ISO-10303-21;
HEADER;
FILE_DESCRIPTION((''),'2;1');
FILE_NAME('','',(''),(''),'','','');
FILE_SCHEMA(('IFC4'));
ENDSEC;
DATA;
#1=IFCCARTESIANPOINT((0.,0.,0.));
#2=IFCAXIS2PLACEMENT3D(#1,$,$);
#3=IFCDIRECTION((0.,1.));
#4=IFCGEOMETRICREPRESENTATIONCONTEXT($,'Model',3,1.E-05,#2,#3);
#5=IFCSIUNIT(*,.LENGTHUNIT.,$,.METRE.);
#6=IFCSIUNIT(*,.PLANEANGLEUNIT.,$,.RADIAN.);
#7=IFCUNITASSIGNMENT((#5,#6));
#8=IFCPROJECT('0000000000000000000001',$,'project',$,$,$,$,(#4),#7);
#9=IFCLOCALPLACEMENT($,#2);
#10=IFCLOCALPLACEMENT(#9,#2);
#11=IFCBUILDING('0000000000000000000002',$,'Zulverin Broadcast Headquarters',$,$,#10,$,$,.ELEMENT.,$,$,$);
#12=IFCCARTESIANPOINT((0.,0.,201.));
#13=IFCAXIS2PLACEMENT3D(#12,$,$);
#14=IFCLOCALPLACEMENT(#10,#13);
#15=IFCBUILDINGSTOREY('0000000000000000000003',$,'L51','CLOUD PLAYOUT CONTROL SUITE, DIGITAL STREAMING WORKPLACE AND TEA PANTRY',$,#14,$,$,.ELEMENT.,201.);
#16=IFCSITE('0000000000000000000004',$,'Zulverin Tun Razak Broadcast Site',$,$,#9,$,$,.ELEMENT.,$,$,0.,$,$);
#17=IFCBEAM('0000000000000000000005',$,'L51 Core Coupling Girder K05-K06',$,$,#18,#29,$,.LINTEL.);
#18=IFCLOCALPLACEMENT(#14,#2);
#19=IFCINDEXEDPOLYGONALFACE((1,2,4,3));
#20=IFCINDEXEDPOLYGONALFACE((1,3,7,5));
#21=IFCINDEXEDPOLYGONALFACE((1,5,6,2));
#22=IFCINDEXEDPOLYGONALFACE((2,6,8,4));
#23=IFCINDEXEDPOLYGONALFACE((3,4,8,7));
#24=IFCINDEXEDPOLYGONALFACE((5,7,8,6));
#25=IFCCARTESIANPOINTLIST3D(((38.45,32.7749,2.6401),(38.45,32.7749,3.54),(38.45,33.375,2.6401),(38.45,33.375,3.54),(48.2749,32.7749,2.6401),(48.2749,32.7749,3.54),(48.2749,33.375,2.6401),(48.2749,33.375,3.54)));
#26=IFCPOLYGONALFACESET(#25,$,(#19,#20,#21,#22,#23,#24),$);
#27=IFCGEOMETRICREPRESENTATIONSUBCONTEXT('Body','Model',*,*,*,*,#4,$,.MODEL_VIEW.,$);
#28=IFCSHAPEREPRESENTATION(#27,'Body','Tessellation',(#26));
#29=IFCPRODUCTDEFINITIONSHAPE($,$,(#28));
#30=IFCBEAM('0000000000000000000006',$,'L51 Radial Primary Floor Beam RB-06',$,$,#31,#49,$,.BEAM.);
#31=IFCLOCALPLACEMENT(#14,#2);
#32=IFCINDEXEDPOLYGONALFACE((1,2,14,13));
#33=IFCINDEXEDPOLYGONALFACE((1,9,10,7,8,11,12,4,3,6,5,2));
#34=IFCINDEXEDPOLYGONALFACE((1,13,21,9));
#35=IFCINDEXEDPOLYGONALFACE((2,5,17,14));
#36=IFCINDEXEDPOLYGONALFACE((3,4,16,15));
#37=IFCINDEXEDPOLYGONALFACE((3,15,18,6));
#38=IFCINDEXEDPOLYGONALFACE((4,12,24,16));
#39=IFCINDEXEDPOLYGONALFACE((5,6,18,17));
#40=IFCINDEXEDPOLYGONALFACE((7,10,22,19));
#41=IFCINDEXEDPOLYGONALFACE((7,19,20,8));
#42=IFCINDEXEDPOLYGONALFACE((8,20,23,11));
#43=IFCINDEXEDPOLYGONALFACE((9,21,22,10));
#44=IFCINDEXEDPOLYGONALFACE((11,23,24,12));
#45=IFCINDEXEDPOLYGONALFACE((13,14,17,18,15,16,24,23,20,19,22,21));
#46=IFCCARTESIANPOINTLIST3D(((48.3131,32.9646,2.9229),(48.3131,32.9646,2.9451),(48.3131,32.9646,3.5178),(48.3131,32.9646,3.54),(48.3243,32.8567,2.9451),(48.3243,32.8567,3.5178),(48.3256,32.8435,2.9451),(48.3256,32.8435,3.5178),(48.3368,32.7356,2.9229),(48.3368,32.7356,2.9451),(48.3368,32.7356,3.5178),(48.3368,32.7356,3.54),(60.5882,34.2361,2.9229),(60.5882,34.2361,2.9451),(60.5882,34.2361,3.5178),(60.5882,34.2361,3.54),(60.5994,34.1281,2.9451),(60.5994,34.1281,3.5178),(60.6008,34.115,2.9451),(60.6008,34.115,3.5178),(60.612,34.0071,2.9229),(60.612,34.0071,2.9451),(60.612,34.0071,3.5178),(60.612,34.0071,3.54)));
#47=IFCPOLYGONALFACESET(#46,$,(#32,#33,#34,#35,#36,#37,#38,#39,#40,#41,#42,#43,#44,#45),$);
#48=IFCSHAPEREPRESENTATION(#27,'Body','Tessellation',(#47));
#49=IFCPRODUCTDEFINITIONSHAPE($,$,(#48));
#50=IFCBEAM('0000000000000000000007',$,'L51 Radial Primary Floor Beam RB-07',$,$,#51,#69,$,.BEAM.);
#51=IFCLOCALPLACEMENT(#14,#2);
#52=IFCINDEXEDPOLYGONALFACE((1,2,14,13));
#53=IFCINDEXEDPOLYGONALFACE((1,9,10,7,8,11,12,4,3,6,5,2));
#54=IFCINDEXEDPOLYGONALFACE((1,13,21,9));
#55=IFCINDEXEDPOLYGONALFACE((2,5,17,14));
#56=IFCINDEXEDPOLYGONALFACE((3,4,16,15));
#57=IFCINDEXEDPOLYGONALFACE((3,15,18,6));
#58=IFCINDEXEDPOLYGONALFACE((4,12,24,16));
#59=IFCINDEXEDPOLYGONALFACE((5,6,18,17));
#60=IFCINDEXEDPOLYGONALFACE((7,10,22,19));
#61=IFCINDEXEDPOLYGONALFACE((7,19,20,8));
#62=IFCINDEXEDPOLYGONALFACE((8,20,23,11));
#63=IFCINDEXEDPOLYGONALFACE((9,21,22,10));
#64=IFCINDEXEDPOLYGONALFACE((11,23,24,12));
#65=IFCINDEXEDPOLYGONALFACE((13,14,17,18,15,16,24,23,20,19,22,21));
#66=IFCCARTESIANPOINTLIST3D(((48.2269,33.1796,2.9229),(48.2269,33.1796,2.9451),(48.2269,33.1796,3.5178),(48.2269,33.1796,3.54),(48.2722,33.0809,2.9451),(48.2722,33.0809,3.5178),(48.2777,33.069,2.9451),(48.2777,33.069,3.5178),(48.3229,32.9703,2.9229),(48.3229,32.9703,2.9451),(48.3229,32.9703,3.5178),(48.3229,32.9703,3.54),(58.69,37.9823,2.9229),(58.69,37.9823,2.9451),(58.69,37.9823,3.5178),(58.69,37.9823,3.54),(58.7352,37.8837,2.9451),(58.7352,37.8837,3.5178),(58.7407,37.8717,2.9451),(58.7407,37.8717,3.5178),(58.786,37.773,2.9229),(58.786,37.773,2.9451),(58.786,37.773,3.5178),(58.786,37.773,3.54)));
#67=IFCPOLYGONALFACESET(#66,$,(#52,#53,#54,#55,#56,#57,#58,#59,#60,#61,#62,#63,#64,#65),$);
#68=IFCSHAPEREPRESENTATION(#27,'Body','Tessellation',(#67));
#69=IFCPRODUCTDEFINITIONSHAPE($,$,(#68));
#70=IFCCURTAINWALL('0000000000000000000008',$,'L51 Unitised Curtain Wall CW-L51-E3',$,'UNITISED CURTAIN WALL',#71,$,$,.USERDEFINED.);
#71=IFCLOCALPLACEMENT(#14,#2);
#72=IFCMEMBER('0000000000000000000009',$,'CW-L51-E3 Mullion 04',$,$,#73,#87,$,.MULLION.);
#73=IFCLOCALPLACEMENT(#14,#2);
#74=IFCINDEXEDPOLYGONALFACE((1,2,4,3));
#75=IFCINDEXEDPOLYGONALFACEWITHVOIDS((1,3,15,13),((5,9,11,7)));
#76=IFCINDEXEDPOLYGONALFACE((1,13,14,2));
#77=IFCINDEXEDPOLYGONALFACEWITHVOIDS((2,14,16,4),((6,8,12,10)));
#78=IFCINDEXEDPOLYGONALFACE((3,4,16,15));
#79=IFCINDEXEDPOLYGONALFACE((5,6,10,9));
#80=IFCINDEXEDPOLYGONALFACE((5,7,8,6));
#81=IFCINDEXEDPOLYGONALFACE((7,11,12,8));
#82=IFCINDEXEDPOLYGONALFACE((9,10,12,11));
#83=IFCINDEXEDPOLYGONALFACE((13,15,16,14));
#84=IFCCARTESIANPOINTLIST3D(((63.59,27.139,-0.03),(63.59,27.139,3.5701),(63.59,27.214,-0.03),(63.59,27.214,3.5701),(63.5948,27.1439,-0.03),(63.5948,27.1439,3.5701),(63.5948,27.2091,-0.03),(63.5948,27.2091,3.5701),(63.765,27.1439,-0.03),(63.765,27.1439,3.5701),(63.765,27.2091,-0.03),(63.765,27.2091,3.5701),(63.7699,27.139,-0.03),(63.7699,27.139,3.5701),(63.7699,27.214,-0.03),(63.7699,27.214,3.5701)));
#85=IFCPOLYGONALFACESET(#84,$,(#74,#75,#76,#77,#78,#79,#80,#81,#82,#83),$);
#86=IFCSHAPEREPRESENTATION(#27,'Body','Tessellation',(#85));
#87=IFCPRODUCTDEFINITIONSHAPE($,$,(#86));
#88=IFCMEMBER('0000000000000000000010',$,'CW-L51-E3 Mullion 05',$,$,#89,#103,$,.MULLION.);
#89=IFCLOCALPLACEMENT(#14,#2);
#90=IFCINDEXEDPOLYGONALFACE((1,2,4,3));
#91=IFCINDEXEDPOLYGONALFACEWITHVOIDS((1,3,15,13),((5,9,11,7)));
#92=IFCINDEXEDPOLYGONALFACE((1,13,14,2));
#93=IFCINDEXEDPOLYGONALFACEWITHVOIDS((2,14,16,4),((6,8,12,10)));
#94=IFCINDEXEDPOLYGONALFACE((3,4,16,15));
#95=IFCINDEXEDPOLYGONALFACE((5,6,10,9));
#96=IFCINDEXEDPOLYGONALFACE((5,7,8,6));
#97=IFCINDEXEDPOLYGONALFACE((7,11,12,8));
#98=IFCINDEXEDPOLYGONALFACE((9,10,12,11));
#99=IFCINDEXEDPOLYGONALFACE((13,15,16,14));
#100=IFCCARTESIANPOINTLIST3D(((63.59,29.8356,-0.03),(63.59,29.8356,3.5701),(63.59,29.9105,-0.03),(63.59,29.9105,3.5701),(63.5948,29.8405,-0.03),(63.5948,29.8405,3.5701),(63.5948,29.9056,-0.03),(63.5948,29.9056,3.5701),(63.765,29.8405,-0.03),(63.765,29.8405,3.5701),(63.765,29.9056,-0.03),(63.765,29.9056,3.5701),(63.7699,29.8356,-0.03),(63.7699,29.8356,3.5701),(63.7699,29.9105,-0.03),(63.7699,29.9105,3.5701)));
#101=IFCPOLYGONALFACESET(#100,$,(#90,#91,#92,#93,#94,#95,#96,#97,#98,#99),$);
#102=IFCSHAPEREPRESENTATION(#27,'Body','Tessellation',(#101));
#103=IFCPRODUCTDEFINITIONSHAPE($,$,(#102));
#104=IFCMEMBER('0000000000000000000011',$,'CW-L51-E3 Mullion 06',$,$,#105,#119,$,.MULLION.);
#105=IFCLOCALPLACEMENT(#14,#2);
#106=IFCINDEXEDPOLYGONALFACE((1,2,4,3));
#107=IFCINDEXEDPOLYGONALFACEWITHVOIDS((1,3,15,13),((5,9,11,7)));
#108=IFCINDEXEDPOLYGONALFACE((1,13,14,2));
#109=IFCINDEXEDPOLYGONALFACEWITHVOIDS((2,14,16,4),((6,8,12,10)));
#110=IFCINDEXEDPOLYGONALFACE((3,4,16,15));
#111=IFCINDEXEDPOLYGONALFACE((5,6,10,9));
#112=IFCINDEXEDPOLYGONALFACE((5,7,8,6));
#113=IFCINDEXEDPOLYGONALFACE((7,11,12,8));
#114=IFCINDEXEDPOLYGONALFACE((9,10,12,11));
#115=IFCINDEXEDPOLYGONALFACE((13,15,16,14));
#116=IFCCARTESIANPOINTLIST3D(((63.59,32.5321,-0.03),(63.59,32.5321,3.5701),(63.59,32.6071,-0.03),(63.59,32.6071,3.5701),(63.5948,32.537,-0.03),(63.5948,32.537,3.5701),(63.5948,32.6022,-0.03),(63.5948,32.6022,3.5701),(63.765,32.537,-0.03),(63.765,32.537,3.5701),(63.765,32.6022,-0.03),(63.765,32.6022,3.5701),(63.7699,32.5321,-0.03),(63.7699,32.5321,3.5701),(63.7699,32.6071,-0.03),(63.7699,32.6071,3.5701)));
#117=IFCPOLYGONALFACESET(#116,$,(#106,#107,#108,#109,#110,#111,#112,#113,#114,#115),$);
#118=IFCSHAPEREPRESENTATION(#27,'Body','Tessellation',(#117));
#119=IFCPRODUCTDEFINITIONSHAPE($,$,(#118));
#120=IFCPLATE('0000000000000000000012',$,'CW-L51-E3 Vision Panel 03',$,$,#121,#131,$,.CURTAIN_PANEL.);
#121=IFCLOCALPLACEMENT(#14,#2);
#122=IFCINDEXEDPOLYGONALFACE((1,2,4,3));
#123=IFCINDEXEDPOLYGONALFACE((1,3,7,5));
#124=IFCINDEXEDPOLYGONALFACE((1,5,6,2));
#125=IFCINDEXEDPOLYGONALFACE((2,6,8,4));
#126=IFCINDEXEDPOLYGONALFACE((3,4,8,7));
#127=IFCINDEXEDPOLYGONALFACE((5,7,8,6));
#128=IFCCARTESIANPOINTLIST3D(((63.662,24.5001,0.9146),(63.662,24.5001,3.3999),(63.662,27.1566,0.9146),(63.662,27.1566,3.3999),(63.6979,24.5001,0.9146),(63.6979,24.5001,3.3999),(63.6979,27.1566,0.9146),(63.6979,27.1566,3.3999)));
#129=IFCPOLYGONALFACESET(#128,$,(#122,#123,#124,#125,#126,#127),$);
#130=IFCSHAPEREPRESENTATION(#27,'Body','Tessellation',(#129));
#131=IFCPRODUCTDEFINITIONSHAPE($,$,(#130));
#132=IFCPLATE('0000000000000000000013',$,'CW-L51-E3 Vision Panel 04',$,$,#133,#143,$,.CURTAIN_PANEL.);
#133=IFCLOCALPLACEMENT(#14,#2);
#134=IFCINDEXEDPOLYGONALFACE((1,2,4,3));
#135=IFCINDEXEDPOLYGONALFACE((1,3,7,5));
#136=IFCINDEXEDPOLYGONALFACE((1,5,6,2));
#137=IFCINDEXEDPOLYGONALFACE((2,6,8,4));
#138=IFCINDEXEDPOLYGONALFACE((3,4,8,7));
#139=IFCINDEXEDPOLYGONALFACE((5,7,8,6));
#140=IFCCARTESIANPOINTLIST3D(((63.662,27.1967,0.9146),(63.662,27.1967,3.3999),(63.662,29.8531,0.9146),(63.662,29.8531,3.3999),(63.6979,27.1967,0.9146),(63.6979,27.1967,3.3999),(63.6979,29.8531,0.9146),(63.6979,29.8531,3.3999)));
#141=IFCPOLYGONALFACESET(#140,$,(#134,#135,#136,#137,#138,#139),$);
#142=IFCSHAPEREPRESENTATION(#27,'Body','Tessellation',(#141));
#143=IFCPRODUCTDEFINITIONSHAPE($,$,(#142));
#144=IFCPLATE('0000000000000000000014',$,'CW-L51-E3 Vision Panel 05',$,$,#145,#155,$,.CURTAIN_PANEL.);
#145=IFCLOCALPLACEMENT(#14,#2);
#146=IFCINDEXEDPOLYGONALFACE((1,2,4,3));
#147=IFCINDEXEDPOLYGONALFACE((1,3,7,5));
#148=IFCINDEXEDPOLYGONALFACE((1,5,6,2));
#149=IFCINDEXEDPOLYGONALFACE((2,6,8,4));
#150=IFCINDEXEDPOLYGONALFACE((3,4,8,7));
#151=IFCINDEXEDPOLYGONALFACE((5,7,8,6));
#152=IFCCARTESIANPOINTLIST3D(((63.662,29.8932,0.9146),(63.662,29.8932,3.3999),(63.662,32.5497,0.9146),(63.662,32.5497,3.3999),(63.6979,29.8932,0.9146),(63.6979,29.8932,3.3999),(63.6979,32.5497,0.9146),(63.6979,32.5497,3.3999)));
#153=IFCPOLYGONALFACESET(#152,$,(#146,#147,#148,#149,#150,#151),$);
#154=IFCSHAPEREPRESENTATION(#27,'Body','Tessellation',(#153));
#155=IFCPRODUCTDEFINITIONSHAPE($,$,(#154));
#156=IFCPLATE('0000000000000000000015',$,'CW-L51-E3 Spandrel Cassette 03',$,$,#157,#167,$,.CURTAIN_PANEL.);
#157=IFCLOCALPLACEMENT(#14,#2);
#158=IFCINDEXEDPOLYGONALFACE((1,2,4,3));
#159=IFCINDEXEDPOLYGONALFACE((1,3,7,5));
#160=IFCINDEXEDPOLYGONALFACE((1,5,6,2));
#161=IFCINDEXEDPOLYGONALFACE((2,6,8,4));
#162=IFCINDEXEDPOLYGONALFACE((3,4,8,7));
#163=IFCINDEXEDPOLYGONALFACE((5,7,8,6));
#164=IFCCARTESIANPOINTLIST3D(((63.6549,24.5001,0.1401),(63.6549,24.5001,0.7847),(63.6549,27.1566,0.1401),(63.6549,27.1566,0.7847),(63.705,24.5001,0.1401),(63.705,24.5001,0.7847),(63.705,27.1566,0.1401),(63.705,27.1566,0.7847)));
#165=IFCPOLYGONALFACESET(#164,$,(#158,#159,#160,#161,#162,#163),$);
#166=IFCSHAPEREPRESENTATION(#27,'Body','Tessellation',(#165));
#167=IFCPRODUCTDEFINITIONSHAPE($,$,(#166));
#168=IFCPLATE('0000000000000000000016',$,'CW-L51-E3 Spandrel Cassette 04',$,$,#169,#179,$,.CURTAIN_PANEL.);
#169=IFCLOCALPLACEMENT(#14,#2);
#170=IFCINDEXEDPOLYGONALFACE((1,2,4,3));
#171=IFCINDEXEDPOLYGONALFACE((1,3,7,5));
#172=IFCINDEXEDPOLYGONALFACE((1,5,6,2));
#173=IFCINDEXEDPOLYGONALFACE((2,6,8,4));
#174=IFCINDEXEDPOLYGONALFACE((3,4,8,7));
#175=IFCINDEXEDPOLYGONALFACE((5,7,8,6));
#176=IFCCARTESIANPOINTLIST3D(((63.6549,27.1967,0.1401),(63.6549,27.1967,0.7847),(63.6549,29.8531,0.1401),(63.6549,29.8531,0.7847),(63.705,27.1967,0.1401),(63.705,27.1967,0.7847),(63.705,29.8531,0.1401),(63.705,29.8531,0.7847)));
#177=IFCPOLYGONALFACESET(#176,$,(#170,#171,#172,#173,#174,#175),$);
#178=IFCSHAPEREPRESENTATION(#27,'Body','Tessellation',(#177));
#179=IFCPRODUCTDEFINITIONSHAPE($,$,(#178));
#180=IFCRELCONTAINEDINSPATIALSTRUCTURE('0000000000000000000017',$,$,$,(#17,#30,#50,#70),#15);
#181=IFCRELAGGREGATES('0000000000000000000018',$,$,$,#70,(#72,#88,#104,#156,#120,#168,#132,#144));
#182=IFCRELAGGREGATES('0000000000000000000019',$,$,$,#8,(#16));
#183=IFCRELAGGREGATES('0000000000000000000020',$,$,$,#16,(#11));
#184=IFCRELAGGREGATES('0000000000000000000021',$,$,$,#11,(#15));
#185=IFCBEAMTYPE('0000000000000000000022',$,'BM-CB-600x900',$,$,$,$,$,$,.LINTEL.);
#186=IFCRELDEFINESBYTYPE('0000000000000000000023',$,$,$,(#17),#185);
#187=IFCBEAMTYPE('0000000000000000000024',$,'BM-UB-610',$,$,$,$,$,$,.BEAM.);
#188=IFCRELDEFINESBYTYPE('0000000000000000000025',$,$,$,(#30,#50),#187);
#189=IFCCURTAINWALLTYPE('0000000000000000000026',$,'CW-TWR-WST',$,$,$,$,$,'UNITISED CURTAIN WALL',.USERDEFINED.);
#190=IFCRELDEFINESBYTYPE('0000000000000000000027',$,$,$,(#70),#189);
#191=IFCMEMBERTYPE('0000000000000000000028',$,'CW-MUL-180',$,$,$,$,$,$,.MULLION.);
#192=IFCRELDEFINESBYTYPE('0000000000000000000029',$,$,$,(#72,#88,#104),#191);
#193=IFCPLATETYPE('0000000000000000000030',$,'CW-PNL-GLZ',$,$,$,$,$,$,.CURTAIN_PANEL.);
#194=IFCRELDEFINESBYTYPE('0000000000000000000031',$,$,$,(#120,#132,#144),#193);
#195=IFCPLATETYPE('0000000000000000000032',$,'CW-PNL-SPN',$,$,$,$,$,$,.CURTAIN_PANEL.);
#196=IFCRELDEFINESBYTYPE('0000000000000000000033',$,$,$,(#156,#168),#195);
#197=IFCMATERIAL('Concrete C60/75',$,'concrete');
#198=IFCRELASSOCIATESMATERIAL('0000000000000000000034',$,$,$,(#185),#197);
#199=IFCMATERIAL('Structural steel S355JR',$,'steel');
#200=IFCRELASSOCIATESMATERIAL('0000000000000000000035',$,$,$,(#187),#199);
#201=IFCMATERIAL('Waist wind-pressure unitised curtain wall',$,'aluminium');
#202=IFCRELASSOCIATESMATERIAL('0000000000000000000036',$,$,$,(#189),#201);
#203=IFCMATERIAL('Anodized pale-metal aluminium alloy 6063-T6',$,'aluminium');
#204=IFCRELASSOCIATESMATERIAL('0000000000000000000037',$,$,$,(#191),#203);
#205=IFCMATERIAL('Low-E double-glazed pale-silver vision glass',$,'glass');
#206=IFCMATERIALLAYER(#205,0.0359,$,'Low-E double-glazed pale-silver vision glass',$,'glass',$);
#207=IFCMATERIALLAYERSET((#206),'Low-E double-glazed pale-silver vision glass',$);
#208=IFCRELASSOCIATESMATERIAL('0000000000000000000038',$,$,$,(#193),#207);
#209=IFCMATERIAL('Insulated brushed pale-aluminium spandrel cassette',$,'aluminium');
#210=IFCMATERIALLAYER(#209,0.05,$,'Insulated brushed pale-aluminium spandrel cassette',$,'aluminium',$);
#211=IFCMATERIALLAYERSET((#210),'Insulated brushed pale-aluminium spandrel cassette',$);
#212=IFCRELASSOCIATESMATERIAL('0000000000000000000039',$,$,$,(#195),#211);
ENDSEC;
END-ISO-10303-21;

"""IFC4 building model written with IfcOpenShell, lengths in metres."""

from ifc_helpers import new_model, si_unit, direction, frame, origin, origin_2d, place, context, subcontext, project, spatial, rectangle, hollow_rectangle, i_section, extrude, material, layer, layer_set, material_profile, profile_set, type_object, element, aggregate, save


model = new_model("IFC4")

# Units and contexts
model_context = context("Model", 3, precision=1e-05, world=origin(), true_north=direction((0.0, 1.0)))
body_context = subcontext(model_context, "Body", "Model", "MODEL_VIEW")
ifc_project = project(units=[si_unit("LENGTHUNIT", "METRE"), si_unit("PLANEANGLEUNIT", "RADIAN")], contexts=[model_context])

# Site, building, storey
site_placement = place(None, origin())
site = spatial("IfcSite", under=ifc_project, at=site_placement, Name="Zulverin Tun Razak Broadcast Site", CompositionType="ELEMENT", RefElevation=0.0)
building_placement = place(site_placement, origin())
building = spatial("IfcBuilding", under=site, at=building_placement, Name="Zulverin Broadcast Headquarters", CompositionType="ELEMENT")
storey_placement = place(building_placement, frame((0.0, 0.0, 201.0)))
storey = spatial("IfcBuildingStorey", under=building, at=storey_placement, Name="L51", Description="CLOUD PLAYOUT CONTROL SUITE, DIGITAL STREAMING WORKPLACE AND TEA PANTRY", CompositionType="ELEMENT", Elevation=201.0)

# Beams
ifc_material_1 = material(Name="Concrete C60/75", Category="concrete")
ifc_material_profile_1 = material_profile(ifc_material_1, rectangle(XDim=0.6001, YDim=0.8999, at=origin_2d()), Name="Concrete C60/75", Category="concrete")
ifc_profile_set_1 = profile_set([ifc_material_profile_1], Name="Concrete C60/75")
beam_type_1 = type_object("IfcBeamType", Name="BM-CB-600x900", PredefinedType="LINTEL", material=ifc_profile_set_1)
beam_1_placement = place(storey_placement, frame((48.2749, 33.075, 3.0901), z_axis=(-1.0, 0.0, 0.0), x_axis=(0.0, -1.0, 0.0)))
element("IfcBeam", 1, at=beam_1_placement, inside=storey, type_object=beam_type_1, Name="L51 Core Coupling Girder K05-K06", PredefinedType="LINTEL", context=body_context, shape_type="SweptSolid", body=[
    extrude(rectangle(XDim=0.6001, YDim=0.8999, at=origin_2d()), origin(), (0.0, 0.0, 1.0), 9.825),
])
ifc_material_2 = material(Name="Structural steel S355JR", Category="steel")
ifc_material_profile_2 = material_profile(ifc_material_2, i_section(OverallWidth=0.2302, OverallDepth=0.6172, WebThickness=0.0132, FlangeThickness=0.0222, at=origin_2d()), Name="Structural steel S355JR", Category="steel")
ifc_profile_set_2 = profile_set([ifc_material_profile_2], Name="Structural steel S355JR")
beam_type_2 = type_object("IfcBeamType", Name="BM-UB-610", PredefinedType="BEAM", material=ifc_profile_set_2)
beam_2_placement = place(storey_placement, frame((48.325, 32.8501, 3.2314), z_axis=(0.994678, 0.103031, 0.0), x_axis=(-0.103031, 0.994678, 0.0)))
element("IfcBeam", 2, at=beam_2_placement, inside=storey, type_object=beam_type_2, Name="L51 Radial Primary Floor Beam RB-06", PredefinedType="BEAM", context=body_context, shape_type="SweptSolid", body=[
    extrude(i_section(OverallWidth=0.2302, OverallDepth=0.6172, WebThickness=0.0132, FlangeThickness=0.0222, at=origin_2d()), origin(), (0.0, 0.0, 1.0), 12.3408),
])
beam_3_placement = place(storey_placement, frame((48.2749, 33.075, 3.2314), z_axis=(0.90883, 0.417167, 0.0), x_axis=(-0.417167, 0.90883, 0.0)))
element("IfcBeam", 3, at=beam_3_placement, inside=storey, type_object=beam_type_2, Name="L51 Radial Primary Floor Beam RB-07", PredefinedType="BEAM", context=body_context, shape_type="SweptSolid", body=[
    extrude(i_section(OverallWidth=0.2302, OverallDepth=0.6172, WebThickness=0.0132, FlangeThickness=0.0222, at=origin_2d()), origin(), (0.0, 0.0, 1.0), 11.5127),
])

# Curtain wall, members, plates
ifc_material_3 = material(Name="Waist wind-pressure unitised curtain wall", Category="aluminium")
curtain_wall_type = type_object("IfcCurtainWallType", Name="CW-TWR-WST", ElementType="UNITISED CURTAIN WALL", PredefinedType="USERDEFINED", material=ifc_material_3)
curtain_wall_placement = place(storey_placement, origin())
curtain_wall = element("IfcCurtainWall", 4, at=curtain_wall_placement, inside=storey, type_object=curtain_wall_type, Name="L51 Unitised Curtain Wall CW-L51-E3", ObjectType="UNITISED CURTAIN WALL", PredefinedType="USERDEFINED")
ifc_material_4 = material(Name="Anodized pale-metal aluminium alloy 6063-T6", Category="aluminium")
ifc_material_profile_3 = material_profile(ifc_material_4, hollow_rectangle(XDim=0.075, YDim=0.1799, WallThickness=0.0049, at=origin_2d()), Name="Anodized pale-metal aluminium alloy 6063-T6", Category="aluminium")
ifc_profile_set_3 = profile_set([ifc_material_profile_3], Name="Anodized pale-metal aluminium alloy 6063-T6")
member_type = type_object("IfcMemberType", Name="CW-MUL-180", PredefinedType="MULLION", material=ifc_profile_set_3)
member_1_placement = place(storey_placement, frame((63.6799, 27.1765, -0.03), z_axis=(0.0, 0.0, 1.0), x_axis=(0.0, 1.0, 0.0)))
member_1 = element("IfcMember", 5, at=member_1_placement, type_object=member_type, Name="CW-L51-E3 Mullion 04", PredefinedType="MULLION", context=body_context, shape_type="SweptSolid", body=[
    extrude(hollow_rectangle(XDim=0.075, YDim=0.1799, WallThickness=0.0049, at=origin_2d()), origin(), (0.0, 0.0, 1.0), 3.6001),
])
member_2_placement = place(storey_placement, frame((63.6799, 29.873, -0.03), z_axis=(0.0, 0.0, 1.0), x_axis=(0.0, 1.0, 0.0)))
member_2 = element("IfcMember", 6, at=member_2_placement, type_object=member_type, Name="CW-L51-E3 Mullion 05", PredefinedType="MULLION", context=body_context, shape_type="SweptSolid", body=[
    extrude(hollow_rectangle(XDim=0.075, YDim=0.1799, WallThickness=0.0049, at=origin_2d()), origin(), (0.0, 0.0, 1.0), 3.6001),
])
member_3_placement = place(storey_placement, frame((63.6799, 32.5696, -0.03), z_axis=(0.0, 0.0, 1.0), x_axis=(0.0, 1.0, 0.0)))
member_3 = element("IfcMember", 7, at=member_3_placement, type_object=member_type, Name="CW-L51-E3 Mullion 06", PredefinedType="MULLION", context=body_context, shape_type="SweptSolid", body=[
    extrude(hollow_rectangle(XDim=0.075, YDim=0.1799, WallThickness=0.0049, at=origin_2d()), origin(), (0.0, 0.0, 1.0), 3.6001),
])
ifc_material_5 = material(Name="Low-E double-glazed pale-silver vision glass", Category="glass")
ifc_layer_1 = layer(ifc_material_5, 0.0359, Name="Low-E double-glazed pale-silver vision glass", Category="glass")
ifc_layer_set_1 = layer_set([ifc_layer_1], Name="Low-E double-glazed pale-silver vision glass")
plate_type_1 = type_object("IfcPlateType", Name="CW-PNL-GLZ", PredefinedType="CURTAIN_PANEL", material=ifc_layer_set_1)
plate_1_placement = place(storey_placement, frame((63.6799, 25.8284, 0.9146), z_axis=(0.0, 0.0, 1.0), x_axis=(0.0, 1.0, 0.0)))
plate_1 = element("IfcPlate", 8, at=plate_1_placement, type_object=plate_type_1, Name="CW-L51-E3 Vision Panel 03", PredefinedType="CURTAIN_PANEL", context=body_context, shape_type="SweptSolid", body=[
    extrude(rectangle(XDim=2.6565, YDim=0.0359, at=origin_2d()), origin(), (0.0, 0.0, 1.0), 2.4854),
])
plate_2_placement = place(storey_placement, frame((63.6799, 28.5249, 0.9146), z_axis=(0.0, 0.0, 1.0), x_axis=(0.0, 1.0, 0.0)))
plate_2 = element("IfcPlate", 9, at=plate_2_placement, type_object=plate_type_1, Name="CW-L51-E3 Vision Panel 04", PredefinedType="CURTAIN_PANEL", context=body_context, shape_type="SweptSolid", body=[
    extrude(rectangle(XDim=2.6565, YDim=0.0359, at=origin_2d()), origin(), (0.0, 0.0, 1.0), 2.4854),
])
plate_3_placement = place(storey_placement, frame((63.6799, 31.2214, 0.9146), z_axis=(0.0, 0.0, 1.0), x_axis=(0.0, 1.0, 0.0)))
plate_3 = element("IfcPlate", 10, at=plate_3_placement, type_object=plate_type_1, Name="CW-L51-E3 Vision Panel 05", PredefinedType="CURTAIN_PANEL", context=body_context, shape_type="SweptSolid", body=[
    extrude(rectangle(XDim=2.6565, YDim=0.0359, at=origin_2d()), origin(), (0.0, 0.0, 1.0), 2.4854),
])
ifc_material_6 = material(Name="Insulated brushed pale-aluminium spandrel cassette", Category="aluminium")
ifc_layer_2 = layer(ifc_material_6, 0.05, Name="Insulated brushed pale-aluminium spandrel cassette", Category="aluminium")
ifc_layer_set_2 = layer_set([ifc_layer_2], Name="Insulated brushed pale-aluminium spandrel cassette")
plate_type_2 = type_object("IfcPlateType", Name="CW-PNL-SPN", PredefinedType="CURTAIN_PANEL", material=ifc_layer_set_2)
plate_4_placement = place(storey_placement, frame((63.6799, 25.8284, 0.1401), z_axis=(0.0, 0.0, 1.0), x_axis=(0.0, 1.0, 0.0)))
plate_4 = element("IfcPlate", 11, at=plate_4_placement, type_object=plate_type_2, Name="CW-L51-E3 Spandrel Cassette 03", PredefinedType="CURTAIN_PANEL", context=body_context, shape_type="SweptSolid", body=[
    extrude(rectangle(XDim=2.6565, YDim=0.05, at=origin_2d()), origin(), (0.0, 0.0, 1.0), 0.6445),
])
plate_5_placement = place(storey_placement, frame((63.6799, 28.5249, 0.1401), z_axis=(0.0, 0.0, 1.0), x_axis=(0.0, 1.0, 0.0)))
plate_5 = element("IfcPlate", 12, at=plate_5_placement, type_object=plate_type_2, Name="CW-L51-E3 Spandrel Cassette 04", PredefinedType="CURTAIN_PANEL", context=body_context, shape_type="SweptSolid", body=[
    extrude(rectangle(XDim=2.6565, YDim=0.05, at=origin_2d()), origin(), (0.0, 0.0, 1.0), 0.6445),
])
aggregate(curtain_wall, [member_1, member_2, member_3, plate_4, plate_1, plate_5, plate_2, plate_3])

save(model, "model.ifc")
